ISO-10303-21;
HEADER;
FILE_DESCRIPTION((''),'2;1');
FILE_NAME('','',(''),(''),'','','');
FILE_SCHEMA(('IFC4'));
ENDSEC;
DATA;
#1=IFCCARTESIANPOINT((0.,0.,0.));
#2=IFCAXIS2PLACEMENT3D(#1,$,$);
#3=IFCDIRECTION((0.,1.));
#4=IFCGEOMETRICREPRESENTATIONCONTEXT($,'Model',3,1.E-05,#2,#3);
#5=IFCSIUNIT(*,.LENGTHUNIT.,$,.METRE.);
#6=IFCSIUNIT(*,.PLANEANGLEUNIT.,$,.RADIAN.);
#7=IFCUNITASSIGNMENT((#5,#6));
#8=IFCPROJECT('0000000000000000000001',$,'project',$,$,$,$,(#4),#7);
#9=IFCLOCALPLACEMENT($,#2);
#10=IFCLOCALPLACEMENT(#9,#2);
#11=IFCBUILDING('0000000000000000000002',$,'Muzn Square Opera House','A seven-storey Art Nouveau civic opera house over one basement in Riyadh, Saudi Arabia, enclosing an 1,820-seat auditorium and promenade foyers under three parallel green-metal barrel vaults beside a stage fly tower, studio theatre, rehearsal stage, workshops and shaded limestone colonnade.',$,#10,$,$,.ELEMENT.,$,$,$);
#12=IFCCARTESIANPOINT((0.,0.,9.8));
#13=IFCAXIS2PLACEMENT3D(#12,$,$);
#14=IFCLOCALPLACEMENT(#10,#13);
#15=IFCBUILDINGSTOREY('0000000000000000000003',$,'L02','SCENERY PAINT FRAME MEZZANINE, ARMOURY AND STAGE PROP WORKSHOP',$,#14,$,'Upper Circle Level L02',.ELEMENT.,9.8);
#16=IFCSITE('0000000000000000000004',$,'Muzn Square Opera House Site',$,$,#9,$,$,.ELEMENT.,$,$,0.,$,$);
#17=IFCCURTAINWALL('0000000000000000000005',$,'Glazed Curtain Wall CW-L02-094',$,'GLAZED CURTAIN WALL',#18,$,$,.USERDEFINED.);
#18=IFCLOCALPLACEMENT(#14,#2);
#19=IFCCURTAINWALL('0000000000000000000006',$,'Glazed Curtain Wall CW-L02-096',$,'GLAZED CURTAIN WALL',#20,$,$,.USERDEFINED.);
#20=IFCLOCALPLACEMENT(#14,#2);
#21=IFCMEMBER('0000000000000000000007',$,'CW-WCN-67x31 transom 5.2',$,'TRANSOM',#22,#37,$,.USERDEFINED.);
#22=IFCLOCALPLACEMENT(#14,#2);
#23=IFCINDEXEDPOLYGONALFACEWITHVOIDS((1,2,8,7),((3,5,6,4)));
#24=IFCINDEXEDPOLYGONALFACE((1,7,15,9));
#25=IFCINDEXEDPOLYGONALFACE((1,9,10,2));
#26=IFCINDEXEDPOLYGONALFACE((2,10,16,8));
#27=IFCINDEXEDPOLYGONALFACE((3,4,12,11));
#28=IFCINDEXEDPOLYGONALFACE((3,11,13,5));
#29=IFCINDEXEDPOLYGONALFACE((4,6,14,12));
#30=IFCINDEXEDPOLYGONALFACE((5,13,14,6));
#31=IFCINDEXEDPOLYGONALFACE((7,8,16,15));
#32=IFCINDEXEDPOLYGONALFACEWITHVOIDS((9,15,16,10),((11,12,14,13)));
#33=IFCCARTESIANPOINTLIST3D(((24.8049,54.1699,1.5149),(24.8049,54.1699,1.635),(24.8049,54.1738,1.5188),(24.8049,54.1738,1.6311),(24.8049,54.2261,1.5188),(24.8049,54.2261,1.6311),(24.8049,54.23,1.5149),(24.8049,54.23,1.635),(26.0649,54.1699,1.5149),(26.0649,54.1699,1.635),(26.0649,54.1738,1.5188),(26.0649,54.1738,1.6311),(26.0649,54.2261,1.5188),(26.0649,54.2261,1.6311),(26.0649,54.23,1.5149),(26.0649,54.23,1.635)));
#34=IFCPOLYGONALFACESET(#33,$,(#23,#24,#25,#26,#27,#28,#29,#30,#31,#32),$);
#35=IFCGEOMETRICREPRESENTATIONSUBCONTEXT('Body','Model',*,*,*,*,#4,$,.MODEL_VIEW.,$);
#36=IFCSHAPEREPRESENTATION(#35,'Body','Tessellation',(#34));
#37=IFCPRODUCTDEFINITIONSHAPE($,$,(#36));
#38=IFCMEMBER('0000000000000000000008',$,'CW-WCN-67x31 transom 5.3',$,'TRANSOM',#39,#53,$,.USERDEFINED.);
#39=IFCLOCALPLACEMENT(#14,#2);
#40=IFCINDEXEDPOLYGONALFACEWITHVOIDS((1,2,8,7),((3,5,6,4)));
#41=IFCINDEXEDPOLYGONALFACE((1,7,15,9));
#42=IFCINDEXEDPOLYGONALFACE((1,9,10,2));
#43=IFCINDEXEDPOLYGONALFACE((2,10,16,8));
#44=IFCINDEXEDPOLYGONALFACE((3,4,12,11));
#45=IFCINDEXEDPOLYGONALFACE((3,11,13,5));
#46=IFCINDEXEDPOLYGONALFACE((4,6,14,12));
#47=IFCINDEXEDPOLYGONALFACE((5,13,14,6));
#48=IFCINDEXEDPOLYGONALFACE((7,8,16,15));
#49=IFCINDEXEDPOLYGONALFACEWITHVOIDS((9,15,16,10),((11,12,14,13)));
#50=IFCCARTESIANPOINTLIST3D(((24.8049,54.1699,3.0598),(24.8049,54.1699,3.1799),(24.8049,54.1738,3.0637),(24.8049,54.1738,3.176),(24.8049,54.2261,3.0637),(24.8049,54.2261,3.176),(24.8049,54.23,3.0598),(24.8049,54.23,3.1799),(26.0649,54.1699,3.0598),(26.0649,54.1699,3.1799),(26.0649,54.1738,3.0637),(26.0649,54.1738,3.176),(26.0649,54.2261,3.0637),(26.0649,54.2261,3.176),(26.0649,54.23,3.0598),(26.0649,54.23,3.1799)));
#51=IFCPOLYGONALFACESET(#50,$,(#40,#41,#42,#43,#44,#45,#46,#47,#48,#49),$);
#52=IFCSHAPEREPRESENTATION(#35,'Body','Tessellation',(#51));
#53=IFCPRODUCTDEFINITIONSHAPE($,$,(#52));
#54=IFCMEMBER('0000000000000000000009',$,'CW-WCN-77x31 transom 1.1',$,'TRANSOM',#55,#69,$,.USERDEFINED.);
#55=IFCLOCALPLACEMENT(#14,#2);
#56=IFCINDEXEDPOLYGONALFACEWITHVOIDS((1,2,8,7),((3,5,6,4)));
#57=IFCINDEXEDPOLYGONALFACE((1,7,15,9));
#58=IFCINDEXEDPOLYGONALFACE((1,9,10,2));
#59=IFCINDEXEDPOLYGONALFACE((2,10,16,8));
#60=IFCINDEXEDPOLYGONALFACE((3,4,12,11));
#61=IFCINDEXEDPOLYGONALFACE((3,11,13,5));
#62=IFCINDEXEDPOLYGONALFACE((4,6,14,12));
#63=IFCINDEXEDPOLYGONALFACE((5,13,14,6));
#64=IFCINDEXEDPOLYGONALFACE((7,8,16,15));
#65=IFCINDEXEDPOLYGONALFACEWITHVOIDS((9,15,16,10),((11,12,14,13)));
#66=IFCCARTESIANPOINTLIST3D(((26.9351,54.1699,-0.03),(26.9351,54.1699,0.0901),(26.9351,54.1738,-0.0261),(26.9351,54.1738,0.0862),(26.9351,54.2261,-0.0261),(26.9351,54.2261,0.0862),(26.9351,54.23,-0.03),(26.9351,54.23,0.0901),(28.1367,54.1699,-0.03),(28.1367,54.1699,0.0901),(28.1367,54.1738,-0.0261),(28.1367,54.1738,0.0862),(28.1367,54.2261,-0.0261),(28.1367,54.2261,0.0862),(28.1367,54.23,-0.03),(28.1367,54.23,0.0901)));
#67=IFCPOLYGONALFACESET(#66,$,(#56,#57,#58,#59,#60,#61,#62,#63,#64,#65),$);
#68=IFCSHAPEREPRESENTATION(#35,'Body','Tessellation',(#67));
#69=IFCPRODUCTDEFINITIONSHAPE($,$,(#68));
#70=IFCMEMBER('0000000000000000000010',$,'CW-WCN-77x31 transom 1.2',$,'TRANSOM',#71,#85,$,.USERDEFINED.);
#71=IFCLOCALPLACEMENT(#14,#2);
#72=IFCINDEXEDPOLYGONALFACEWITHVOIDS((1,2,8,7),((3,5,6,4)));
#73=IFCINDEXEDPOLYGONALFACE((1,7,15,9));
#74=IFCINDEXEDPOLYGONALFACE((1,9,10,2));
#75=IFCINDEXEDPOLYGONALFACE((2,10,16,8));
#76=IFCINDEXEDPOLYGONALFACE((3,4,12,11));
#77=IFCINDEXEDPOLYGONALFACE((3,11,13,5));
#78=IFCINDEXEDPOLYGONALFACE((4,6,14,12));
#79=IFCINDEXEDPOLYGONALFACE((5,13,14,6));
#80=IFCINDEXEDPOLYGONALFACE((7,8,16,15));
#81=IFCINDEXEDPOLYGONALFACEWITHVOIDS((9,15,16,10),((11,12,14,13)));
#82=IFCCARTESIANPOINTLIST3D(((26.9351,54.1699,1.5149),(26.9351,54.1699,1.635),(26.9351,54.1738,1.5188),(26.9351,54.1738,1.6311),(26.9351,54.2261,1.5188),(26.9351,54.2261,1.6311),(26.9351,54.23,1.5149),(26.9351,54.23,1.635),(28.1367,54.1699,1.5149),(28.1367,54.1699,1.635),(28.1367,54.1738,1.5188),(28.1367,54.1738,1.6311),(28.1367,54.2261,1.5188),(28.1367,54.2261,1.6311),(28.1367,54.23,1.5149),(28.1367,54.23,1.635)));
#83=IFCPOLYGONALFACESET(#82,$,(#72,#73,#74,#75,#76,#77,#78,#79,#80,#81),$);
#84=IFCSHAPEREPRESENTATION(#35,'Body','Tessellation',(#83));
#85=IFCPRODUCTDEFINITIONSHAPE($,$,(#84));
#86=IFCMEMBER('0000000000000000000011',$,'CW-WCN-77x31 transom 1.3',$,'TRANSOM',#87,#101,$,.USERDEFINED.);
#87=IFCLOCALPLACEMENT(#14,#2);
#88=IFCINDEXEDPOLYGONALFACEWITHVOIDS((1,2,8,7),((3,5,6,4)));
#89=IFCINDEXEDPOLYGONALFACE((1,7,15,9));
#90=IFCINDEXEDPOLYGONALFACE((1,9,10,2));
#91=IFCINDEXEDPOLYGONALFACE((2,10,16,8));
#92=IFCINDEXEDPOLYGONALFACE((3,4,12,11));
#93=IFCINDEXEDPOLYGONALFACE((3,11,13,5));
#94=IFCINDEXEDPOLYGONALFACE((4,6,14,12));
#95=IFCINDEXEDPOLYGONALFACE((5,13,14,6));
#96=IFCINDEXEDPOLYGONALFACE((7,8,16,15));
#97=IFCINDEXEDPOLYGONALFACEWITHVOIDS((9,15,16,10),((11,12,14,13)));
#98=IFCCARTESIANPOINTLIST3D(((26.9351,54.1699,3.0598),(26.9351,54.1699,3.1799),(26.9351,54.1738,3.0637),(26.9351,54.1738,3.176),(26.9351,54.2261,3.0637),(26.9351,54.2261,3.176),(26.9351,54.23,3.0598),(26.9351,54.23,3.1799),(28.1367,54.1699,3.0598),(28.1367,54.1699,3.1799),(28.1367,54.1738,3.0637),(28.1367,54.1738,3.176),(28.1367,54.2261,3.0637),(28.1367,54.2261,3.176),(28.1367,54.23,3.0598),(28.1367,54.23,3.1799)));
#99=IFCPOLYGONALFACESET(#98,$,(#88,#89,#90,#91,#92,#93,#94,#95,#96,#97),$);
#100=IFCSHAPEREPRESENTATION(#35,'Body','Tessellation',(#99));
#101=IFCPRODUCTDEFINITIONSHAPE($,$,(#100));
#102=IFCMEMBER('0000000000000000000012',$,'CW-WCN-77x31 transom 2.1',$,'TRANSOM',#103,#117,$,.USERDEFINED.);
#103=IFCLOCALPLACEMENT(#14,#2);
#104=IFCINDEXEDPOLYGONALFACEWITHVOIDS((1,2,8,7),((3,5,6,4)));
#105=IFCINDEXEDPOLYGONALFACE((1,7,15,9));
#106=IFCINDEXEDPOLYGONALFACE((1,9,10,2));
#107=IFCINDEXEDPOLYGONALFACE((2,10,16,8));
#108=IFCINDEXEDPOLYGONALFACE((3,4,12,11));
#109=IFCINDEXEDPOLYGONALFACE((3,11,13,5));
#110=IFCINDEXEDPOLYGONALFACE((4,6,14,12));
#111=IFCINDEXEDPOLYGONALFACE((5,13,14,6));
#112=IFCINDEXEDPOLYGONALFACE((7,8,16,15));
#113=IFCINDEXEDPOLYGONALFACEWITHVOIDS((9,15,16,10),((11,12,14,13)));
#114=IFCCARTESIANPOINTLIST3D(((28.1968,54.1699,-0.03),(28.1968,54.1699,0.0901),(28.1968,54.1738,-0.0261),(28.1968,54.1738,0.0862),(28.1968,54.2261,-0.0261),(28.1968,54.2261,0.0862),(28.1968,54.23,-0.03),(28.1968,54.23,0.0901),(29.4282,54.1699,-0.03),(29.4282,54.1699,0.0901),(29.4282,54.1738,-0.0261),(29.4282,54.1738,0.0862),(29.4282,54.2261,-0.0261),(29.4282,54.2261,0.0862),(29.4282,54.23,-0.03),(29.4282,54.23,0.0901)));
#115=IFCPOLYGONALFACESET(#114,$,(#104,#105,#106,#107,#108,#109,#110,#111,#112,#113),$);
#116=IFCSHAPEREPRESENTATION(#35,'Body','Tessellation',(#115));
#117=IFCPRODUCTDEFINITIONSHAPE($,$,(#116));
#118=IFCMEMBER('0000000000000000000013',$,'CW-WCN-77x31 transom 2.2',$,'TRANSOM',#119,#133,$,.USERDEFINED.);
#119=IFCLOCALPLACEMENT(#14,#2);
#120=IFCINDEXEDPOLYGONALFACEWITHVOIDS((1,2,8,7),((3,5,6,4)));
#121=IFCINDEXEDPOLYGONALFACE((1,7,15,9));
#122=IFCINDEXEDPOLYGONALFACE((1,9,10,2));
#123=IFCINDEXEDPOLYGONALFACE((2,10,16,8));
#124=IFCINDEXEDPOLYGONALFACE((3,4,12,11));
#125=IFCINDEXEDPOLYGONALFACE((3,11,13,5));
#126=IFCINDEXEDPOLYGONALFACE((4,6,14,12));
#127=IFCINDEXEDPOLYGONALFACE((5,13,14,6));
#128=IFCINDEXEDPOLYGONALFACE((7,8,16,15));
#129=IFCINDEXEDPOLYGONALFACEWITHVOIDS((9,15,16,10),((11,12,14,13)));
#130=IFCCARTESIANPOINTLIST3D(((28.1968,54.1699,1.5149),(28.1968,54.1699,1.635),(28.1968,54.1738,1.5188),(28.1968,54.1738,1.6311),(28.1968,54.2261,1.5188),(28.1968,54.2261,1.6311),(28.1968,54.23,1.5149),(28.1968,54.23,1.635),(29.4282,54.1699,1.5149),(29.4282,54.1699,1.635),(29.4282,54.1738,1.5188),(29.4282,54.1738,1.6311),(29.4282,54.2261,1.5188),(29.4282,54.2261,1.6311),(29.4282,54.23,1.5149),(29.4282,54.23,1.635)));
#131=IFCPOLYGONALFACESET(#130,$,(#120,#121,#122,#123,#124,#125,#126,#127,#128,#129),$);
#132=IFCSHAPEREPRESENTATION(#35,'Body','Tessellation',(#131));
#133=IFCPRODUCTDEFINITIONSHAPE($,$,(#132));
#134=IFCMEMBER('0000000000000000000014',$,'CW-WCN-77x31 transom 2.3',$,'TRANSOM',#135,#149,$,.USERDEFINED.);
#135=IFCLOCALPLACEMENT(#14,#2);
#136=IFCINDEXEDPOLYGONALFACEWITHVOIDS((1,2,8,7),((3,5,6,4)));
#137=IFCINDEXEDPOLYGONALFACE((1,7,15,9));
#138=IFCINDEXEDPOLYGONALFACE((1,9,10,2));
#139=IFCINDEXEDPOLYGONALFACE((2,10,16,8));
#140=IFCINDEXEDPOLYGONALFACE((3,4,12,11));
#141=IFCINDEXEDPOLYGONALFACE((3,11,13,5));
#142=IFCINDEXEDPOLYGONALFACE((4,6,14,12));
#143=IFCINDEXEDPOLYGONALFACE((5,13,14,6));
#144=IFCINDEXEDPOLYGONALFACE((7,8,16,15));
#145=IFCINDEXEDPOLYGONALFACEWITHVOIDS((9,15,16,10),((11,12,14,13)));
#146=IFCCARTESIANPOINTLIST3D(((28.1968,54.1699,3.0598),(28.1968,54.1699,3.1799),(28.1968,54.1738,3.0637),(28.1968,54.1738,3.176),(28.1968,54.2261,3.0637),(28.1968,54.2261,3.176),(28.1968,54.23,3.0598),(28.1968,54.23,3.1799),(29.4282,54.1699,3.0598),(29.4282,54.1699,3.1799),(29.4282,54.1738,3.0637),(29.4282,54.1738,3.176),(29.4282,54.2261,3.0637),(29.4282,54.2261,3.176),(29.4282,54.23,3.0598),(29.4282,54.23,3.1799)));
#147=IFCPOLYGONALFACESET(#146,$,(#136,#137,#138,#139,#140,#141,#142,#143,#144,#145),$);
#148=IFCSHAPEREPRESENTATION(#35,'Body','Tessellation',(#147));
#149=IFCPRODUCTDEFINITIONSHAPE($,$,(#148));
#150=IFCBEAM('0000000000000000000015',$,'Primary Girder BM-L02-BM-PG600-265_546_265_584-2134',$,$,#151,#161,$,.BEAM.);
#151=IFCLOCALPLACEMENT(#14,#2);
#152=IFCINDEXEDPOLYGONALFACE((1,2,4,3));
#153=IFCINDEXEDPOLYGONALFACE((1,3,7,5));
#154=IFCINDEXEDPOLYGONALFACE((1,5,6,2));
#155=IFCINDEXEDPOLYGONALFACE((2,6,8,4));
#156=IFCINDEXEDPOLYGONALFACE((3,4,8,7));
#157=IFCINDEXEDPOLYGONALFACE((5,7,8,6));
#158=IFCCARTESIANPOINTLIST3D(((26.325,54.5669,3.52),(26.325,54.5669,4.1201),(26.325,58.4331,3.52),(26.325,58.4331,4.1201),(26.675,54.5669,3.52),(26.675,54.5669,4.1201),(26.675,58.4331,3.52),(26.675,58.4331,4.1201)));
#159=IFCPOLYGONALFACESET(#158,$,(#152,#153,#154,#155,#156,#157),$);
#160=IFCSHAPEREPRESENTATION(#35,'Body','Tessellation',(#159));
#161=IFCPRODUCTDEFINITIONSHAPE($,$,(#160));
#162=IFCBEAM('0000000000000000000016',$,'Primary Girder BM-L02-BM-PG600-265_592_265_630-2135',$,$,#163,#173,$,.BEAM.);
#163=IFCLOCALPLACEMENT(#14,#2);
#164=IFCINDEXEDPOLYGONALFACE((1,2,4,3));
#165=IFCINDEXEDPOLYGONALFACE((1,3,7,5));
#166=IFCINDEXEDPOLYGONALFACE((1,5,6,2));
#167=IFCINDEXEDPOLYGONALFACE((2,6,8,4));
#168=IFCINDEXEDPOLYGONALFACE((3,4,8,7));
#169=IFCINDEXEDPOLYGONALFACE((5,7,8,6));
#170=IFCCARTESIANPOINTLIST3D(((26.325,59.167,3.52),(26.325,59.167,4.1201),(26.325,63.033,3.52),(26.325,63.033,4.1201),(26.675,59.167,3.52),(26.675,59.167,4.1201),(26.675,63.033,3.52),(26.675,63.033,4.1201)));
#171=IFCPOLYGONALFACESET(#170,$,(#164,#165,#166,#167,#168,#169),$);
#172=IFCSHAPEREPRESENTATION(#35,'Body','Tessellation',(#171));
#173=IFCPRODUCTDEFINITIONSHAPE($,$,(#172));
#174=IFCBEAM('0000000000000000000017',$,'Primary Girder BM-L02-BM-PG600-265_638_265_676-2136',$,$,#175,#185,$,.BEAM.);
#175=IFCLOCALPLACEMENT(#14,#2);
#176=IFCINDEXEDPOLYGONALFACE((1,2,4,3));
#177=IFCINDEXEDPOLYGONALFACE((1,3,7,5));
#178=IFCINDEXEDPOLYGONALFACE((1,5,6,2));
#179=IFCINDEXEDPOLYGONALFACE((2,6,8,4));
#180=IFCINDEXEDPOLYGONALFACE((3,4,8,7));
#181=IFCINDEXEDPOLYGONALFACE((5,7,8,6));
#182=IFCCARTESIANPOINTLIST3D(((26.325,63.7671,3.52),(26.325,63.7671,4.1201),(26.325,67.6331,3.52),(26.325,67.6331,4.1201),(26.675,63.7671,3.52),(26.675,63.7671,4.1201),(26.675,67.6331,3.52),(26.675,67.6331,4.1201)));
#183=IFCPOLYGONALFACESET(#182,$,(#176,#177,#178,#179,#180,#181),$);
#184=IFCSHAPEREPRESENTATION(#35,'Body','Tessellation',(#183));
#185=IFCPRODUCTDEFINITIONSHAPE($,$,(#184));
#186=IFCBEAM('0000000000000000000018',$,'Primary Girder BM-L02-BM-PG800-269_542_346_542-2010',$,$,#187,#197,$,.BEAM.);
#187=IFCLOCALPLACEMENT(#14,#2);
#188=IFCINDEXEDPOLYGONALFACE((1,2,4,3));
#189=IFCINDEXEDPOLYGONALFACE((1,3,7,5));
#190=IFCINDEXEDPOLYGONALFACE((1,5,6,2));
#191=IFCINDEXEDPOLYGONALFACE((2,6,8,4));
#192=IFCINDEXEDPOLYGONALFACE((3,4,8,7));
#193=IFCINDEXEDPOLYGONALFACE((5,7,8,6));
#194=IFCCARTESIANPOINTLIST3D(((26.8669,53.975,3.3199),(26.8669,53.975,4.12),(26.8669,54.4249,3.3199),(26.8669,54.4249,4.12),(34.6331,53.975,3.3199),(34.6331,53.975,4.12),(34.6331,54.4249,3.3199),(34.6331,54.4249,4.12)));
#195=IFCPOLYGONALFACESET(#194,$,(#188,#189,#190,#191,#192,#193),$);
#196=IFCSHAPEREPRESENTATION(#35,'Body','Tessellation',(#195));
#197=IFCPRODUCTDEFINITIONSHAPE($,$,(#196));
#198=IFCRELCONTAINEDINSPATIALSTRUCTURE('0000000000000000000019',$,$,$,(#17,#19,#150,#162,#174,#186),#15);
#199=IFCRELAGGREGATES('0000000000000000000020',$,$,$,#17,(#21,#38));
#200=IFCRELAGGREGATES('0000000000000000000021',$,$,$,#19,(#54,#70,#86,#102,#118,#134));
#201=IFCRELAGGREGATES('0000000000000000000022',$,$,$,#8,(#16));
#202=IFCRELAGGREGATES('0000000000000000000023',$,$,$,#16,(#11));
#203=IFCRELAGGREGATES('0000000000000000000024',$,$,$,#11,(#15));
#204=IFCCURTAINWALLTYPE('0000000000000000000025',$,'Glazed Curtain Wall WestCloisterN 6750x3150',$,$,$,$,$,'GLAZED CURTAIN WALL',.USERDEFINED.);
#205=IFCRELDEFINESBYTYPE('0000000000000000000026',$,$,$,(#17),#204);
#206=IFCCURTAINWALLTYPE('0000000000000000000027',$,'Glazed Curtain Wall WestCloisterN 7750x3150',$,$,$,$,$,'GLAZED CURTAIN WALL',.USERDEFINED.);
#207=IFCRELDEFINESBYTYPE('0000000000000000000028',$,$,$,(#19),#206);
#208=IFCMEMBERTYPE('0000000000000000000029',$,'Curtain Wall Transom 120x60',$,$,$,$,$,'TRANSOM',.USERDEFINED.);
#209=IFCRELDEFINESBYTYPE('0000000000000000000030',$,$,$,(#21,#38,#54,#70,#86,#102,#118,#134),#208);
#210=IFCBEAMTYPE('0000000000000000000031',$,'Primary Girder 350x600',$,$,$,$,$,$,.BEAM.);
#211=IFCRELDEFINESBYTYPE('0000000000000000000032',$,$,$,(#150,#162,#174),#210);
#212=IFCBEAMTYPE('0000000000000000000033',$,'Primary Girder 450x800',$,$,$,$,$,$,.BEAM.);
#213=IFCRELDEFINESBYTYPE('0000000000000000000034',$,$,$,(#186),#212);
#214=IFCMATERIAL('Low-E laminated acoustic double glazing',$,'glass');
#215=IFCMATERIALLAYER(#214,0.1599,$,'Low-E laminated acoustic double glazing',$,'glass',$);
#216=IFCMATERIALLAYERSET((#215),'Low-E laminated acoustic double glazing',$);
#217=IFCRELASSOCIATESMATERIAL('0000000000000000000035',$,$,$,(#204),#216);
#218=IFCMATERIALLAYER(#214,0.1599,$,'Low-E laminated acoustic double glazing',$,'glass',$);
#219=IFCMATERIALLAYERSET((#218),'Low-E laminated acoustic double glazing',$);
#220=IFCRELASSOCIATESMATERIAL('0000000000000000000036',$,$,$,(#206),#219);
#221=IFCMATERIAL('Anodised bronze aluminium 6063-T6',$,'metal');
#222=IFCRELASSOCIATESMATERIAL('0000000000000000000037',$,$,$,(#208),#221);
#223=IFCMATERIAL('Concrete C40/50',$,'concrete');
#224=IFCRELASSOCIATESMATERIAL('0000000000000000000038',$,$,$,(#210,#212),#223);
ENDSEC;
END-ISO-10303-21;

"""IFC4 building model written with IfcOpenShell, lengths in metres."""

from ifc_helpers import new_model, si_unit, direction, frame, origin, origin_2d, place, context, subcontext, project, spatial, rectangle, hollow_rectangle, extrude, material, layer, layer_set, material_profile, profile_set, type_object, element, aggregate, save


model = new_model("IFC4")

# Units and contexts
model_context = context("Model", 3, precision=1e-05, world=origin(), true_north=direction((0.0, 1.0)))
body_context = subcontext(model_context, "Body", "Model", "MODEL_VIEW")
ifc_project = project(units=[si_unit("LENGTHUNIT", "METRE"), si_unit("PLANEANGLEUNIT", "RADIAN")], contexts=[model_context])

# Site, building, storey
site_placement = place(None, origin())
site = spatial("IfcSite", under=ifc_project, at=site_placement, Name="Muzn Square Opera House Site", CompositionType="ELEMENT", RefElevation=0.0)
building_placement = place(site_placement, origin())
building = spatial("IfcBuilding", under=site, at=building_placement, Name="Muzn Square Opera House", Description="A seven-storey Art Nouveau civic opera house over one basement in Riyadh, Saudi Arabia, enclosing an 1,820-seat auditorium and promenade foyers under three parallel green-metal barrel vaults beside a stage fly tower, studio theatre, rehearsal stage, workshops and shaded limestone colonnade.", CompositionType="ELEMENT")
storey_placement = place(building_placement, frame((0.0, 0.0, 9.8)))
storey = spatial("IfcBuildingStorey", under=building, at=storey_placement, Name="L02", Description="SCENERY PAINT FRAME MEZZANINE, ARMOURY AND STAGE PROP WORKSHOP", LongName="Upper Circle Level L02", CompositionType="ELEMENT", Elevation=9.8)

# Curtain walls
ifc_material_1 = material(Name="Low-E laminated acoustic double glazing", Category="glass")
ifc_layer_1 = layer(ifc_material_1, 0.1599, Name="Low-E laminated acoustic double glazing", Category="glass")
ifc_layer_set_1 = layer_set([ifc_layer_1], Name="Low-E laminated acoustic double glazing")
curtain_wall_type_1 = type_object("IfcCurtainWallType", Name="Glazed Curtain Wall WestCloisterN 6750x3150", ElementType="GLAZED CURTAIN WALL", PredefinedType="USERDEFINED", material=ifc_layer_set_1)
curtain_wall_1_placement = place(storey_placement, origin())
curtain_wall_1 = element("IfcCurtainWall", 1, at=curtain_wall_1_placement, inside=storey, type_object=curtain_wall_type_1, Name="Glazed Curtain Wall CW-L02-094", ObjectType="GLAZED CURTAIN WALL", PredefinedType="USERDEFINED")
ifc_material_2 = material(Name="Anodised bronze aluminium 6063-T6", Category="metal")
ifc_layer_2 = layer(ifc_material_1, 0.1599, Name="Low-E laminated acoustic double glazing", Category="glass")
ifc_layer_set_2 = layer_set([ifc_layer_2], Name="Low-E laminated acoustic double glazing")
curtain_wall_type_2 = type_object("IfcCurtainWallType", Name="Glazed Curtain Wall WestCloisterN 7750x3150", ElementType="GLAZED CURTAIN WALL", PredefinedType="USERDEFINED", material=ifc_layer_set_2)
curtain_wall_2_placement = place(storey_placement, origin())
curtain_wall_2 = element("IfcCurtainWall", 2, at=curtain_wall_2_placement, inside=storey, type_object=curtain_wall_type_2, Name="Glazed Curtain Wall CW-L02-096", ObjectType="GLAZED CURTAIN WALL", PredefinedType="USERDEFINED")

# Members
ifc_material_profile_1 = material_profile(ifc_material_2, hollow_rectangle(XDim=0.0601, YDim=0.1201, WallThickness=0.0039, at=origin_2d()), Name="ALU 120x60x4", Category="metal")
ifc_profile_set_1 = profile_set([ifc_material_profile_1], Name="Anodised bronze aluminium 6063-T6")
member_type_1 = type_object("IfcMemberType", Name="Curtain Wall Transom 120x60", ElementType="TRANSOM", PredefinedType="USERDEFINED", material=ifc_profile_set_1)
member_1_placement = place(storey_placement, frame((24.8049, 54.2, 1.575), z_axis=(1.0, 0.0, 0.0), x_axis=(0.0, 1.0, 0.0)))
member_1 = element("IfcMember", 3, at=member_1_placement, type_object=member_type_1, Name="CW-WCN-67x31 transom 5.2", ObjectType="TRANSOM", PredefinedType="USERDEFINED", context=body_context, shape_type="SweptSolid", body=[
    extrude(hollow_rectangle(XDim=0.0601, YDim=0.1201, WallThickness=0.0039, at=origin_2d()), origin(), (0.0, 0.0, 1.0), 1.26),
])
member_2_placement = place(storey_placement, frame((24.8049, 54.2, 3.1199), z_axis=(1.0, 0.0, 0.0), x_axis=(0.0, 1.0, 0.0)))
member_2 = element("IfcMember", 4, at=member_2_placement, type_object=member_type_1, Name="CW-WCN-67x31 transom 5.3", ObjectType="TRANSOM", PredefinedType="USERDEFINED", context=body_context, shape_type="SweptSolid", body=[
    extrude(hollow_rectangle(XDim=0.0601, YDim=0.1201, WallThickness=0.0039, at=origin_2d()), origin(), (0.0, 0.0, 1.0), 1.26),
])
member_3_placement = place(storey_placement, frame((26.9351, 54.2, 0.03), z_axis=(1.0, 0.0, 0.0), x_axis=(0.0, 1.0, 0.0)))
member_3 = element("IfcMember", 5, at=member_3_placement, type_object=member_type_1, Name="CW-WCN-77x31 transom 1.1", ObjectType="TRANSOM", PredefinedType="USERDEFINED", context=body_context, shape_type="SweptSolid", body=[
    extrude(hollow_rectangle(XDim=0.0601, YDim=0.1201, WallThickness=0.0039, at=origin_2d()), origin(), (0.0, 0.0, 1.0), 1.2017),
])
member_4_placement = place(storey_placement, frame((26.9351, 54.2, 1.575), z_axis=(1.0, 0.0, 0.0), x_axis=(0.0, 1.0, 0.0)))
member_4 = element("IfcMember", 6, at=member_4_placement, type_object=member_type_1, Name="CW-WCN-77x31 transom 1.2", ObjectType="TRANSOM", PredefinedType="USERDEFINED", context=body_context, shape_type="SweptSolid", body=[
    extrude(hollow_rectangle(XDim=0.0601, YDim=0.1201, WallThickness=0.0039, at=origin_2d()), origin(), (0.0, 0.0, 1.0), 1.2017),
])
member_5_placement = place(storey_placement, frame((26.9351, 54.2, 3.1199), z_axis=(1.0, 0.0, 0.0), x_axis=(0.0, 1.0, 0.0)))
member_5 = element("IfcMember", 7, at=member_5_placement, type_object=member_type_1, Name="CW-WCN-77x31 transom 1.3", ObjectType="TRANSOM", PredefinedType="USERDEFINED", context=body_context, shape_type="SweptSolid", body=[
    extrude(hollow_rectangle(XDim=0.0601, YDim=0.1201, WallThickness=0.0039, at=origin_2d()), origin(), (0.0, 0.0, 1.0), 1.2017),
])
member_6_placement = place(storey_placement, frame((28.1968, 54.2, 0.03), z_axis=(1.0, 0.0, 0.0), x_axis=(0.0, 1.0, 0.0)))
member_6 = element("IfcMember", 8, at=member_6_placement, type_object=member_type_1, Name="CW-WCN-77x31 transom 2.1", ObjectType="TRANSOM", PredefinedType="USERDEFINED", context=body_context, shape_type="SweptSolid", body=[
    extrude(hollow_rectangle(XDim=0.0601, YDim=0.1201, WallThickness=0.0039, at=origin_2d()), origin(), (0.0, 0.0, 1.0), 1.2314),
])
member_7_placement = place(storey_placement, frame((28.1968, 54.2, 1.575), z_axis=(1.0, 0.0, 0.0), x_axis=(0.0, 1.0, 0.0)))
member_7 = element("IfcMember", 9, at=member_7_placement, type_object=member_type_1, Name="CW-WCN-77x31 transom 2.2", ObjectType="TRANSOM", PredefinedType="USERDEFINED", context=body_context, shape_type="SweptSolid", body=[
    extrude(hollow_rectangle(XDim=0.0601, YDim=0.1201, WallThickness=0.0039, at=origin_2d()), origin(), (0.0, 0.0, 1.0), 1.2314),
])
member_8_placement = place(storey_placement, frame((28.1968, 54.2, 3.1199), z_axis=(1.0, 0.0, 0.0), x_axis=(0.0, 1.0, 0.0)))
member_8 = element("IfcMember", 10, at=member_8_placement, type_object=member_type_1, Name="CW-WCN-77x31 transom 2.3", ObjectType="TRANSOM", PredefinedType="USERDEFINED", context=body_context, shape_type="SweptSolid", body=[
    extrude(hollow_rectangle(XDim=0.0601, YDim=0.1201, WallThickness=0.0039, at=origin_2d()), origin(), (0.0, 0.0, 1.0), 1.2314),
])

# Beams
ifc_material_3 = material(Name="Concrete C40/50", Category="concrete")
ifc_material_profile_2 = material_profile(ifc_material_3, rectangle(XDim=0.3501, YDim=0.6001, at=origin_2d()), Name="RCB 350x600", Category="concrete")
ifc_profile_set_2 = profile_set([ifc_material_profile_2], Name="Concrete C40/50")
beam_type_1 = type_object("IfcBeamType", Name="Primary Girder 350x600", PredefinedType="BEAM", material=ifc_profile_set_2)
beam_placement = place(storey_placement, frame((26.5, 54.5669, 3.8201), z_axis=(0.0, 1.0, 0.0), x_axis=(-1.0, 0.0, 0.0)))
element("IfcBeam", 11, at=beam_placement, inside=storey, type_object=beam_type_1, Name="Primary Girder BM-L02-BM-PG600-265_546_265_584-2134", PredefinedType="BEAM", context=body_context, shape_type="SweptSolid", body=[
    extrude(rectangle(XDim=0.3501, YDim=0.6001, at=origin_2d()), origin(), (0.0, 0.0, 1.0), 3.8662),
])
for number, where, z_axis, x_axis, name in (
    (12, (26.5, 59.167, 3.8201), (0.0, 1.0, 0.0), (-1.0, 0.0, 0.0), "Primary Girder BM-L02-BM-PG600-265_592_265_630-2135"),
    (13, (26.5, 63.7671, 3.8201), (0.0, 1.0, 0.0), (-1.0, 0.0, 0.0), "Primary Girder BM-L02-BM-PG600-265_638_265_676-2136"),
):
    element("IfcBeam", number, at=place(storey_placement, frame(where, z_axis=z_axis, x_axis=x_axis)), inside=storey, type_object=beam_type_1, Name=name, PredefinedType="BEAM", context=body_context, shape_type="SweptSolid", body=[
        extrude(rectangle(XDim=0.3501, YDim=0.6001, at=origin_2d()), origin(), (0.0, 0.0, 1.0), 3.866),
    ])
ifc_material_profile_3 = material_profile(ifc_material_3, rectangle(XDim=0.45, YDim=0.8, at=origin_2d()), Name="RCB 450x800", Category="concrete")
ifc_profile_set_3 = profile_set([ifc_material_profile_3], Name="Concrete C40/50")
beam_type_2 = type_object("IfcBeamType", Name="Primary Girder 450x800", PredefinedType="BEAM", material=ifc_profile_set_3)
for number, where, z_axis, x_axis, name in (
    (14, (26.8669, 54.2, 3.72), (1.0, 0.0, 0.0), (0.0, 1.0, 0.0), "Primary Girder BM-L02-BM-PG800-269_542_346_542-2010"),
):
    element("IfcBeam", number, at=place(storey_placement, frame(where, z_axis=z_axis, x_axis=x_axis)), inside=storey, type_object=beam_type_2, Name=name, PredefinedType="BEAM", context=body_context, shape_type="SweptSolid", body=[
        extrude(rectangle(XDim=0.45, YDim=0.8, at=origin_2d()), origin(), (0.0, 0.0, 1.0), 7.7661),
    ])

aggregate(curtain_wall_1, [member_1, member_2])
aggregate(curtain_wall_2, [member_3, member_4, member_5, member_6, member_7, member_8])

save(model, "model.ifc")
